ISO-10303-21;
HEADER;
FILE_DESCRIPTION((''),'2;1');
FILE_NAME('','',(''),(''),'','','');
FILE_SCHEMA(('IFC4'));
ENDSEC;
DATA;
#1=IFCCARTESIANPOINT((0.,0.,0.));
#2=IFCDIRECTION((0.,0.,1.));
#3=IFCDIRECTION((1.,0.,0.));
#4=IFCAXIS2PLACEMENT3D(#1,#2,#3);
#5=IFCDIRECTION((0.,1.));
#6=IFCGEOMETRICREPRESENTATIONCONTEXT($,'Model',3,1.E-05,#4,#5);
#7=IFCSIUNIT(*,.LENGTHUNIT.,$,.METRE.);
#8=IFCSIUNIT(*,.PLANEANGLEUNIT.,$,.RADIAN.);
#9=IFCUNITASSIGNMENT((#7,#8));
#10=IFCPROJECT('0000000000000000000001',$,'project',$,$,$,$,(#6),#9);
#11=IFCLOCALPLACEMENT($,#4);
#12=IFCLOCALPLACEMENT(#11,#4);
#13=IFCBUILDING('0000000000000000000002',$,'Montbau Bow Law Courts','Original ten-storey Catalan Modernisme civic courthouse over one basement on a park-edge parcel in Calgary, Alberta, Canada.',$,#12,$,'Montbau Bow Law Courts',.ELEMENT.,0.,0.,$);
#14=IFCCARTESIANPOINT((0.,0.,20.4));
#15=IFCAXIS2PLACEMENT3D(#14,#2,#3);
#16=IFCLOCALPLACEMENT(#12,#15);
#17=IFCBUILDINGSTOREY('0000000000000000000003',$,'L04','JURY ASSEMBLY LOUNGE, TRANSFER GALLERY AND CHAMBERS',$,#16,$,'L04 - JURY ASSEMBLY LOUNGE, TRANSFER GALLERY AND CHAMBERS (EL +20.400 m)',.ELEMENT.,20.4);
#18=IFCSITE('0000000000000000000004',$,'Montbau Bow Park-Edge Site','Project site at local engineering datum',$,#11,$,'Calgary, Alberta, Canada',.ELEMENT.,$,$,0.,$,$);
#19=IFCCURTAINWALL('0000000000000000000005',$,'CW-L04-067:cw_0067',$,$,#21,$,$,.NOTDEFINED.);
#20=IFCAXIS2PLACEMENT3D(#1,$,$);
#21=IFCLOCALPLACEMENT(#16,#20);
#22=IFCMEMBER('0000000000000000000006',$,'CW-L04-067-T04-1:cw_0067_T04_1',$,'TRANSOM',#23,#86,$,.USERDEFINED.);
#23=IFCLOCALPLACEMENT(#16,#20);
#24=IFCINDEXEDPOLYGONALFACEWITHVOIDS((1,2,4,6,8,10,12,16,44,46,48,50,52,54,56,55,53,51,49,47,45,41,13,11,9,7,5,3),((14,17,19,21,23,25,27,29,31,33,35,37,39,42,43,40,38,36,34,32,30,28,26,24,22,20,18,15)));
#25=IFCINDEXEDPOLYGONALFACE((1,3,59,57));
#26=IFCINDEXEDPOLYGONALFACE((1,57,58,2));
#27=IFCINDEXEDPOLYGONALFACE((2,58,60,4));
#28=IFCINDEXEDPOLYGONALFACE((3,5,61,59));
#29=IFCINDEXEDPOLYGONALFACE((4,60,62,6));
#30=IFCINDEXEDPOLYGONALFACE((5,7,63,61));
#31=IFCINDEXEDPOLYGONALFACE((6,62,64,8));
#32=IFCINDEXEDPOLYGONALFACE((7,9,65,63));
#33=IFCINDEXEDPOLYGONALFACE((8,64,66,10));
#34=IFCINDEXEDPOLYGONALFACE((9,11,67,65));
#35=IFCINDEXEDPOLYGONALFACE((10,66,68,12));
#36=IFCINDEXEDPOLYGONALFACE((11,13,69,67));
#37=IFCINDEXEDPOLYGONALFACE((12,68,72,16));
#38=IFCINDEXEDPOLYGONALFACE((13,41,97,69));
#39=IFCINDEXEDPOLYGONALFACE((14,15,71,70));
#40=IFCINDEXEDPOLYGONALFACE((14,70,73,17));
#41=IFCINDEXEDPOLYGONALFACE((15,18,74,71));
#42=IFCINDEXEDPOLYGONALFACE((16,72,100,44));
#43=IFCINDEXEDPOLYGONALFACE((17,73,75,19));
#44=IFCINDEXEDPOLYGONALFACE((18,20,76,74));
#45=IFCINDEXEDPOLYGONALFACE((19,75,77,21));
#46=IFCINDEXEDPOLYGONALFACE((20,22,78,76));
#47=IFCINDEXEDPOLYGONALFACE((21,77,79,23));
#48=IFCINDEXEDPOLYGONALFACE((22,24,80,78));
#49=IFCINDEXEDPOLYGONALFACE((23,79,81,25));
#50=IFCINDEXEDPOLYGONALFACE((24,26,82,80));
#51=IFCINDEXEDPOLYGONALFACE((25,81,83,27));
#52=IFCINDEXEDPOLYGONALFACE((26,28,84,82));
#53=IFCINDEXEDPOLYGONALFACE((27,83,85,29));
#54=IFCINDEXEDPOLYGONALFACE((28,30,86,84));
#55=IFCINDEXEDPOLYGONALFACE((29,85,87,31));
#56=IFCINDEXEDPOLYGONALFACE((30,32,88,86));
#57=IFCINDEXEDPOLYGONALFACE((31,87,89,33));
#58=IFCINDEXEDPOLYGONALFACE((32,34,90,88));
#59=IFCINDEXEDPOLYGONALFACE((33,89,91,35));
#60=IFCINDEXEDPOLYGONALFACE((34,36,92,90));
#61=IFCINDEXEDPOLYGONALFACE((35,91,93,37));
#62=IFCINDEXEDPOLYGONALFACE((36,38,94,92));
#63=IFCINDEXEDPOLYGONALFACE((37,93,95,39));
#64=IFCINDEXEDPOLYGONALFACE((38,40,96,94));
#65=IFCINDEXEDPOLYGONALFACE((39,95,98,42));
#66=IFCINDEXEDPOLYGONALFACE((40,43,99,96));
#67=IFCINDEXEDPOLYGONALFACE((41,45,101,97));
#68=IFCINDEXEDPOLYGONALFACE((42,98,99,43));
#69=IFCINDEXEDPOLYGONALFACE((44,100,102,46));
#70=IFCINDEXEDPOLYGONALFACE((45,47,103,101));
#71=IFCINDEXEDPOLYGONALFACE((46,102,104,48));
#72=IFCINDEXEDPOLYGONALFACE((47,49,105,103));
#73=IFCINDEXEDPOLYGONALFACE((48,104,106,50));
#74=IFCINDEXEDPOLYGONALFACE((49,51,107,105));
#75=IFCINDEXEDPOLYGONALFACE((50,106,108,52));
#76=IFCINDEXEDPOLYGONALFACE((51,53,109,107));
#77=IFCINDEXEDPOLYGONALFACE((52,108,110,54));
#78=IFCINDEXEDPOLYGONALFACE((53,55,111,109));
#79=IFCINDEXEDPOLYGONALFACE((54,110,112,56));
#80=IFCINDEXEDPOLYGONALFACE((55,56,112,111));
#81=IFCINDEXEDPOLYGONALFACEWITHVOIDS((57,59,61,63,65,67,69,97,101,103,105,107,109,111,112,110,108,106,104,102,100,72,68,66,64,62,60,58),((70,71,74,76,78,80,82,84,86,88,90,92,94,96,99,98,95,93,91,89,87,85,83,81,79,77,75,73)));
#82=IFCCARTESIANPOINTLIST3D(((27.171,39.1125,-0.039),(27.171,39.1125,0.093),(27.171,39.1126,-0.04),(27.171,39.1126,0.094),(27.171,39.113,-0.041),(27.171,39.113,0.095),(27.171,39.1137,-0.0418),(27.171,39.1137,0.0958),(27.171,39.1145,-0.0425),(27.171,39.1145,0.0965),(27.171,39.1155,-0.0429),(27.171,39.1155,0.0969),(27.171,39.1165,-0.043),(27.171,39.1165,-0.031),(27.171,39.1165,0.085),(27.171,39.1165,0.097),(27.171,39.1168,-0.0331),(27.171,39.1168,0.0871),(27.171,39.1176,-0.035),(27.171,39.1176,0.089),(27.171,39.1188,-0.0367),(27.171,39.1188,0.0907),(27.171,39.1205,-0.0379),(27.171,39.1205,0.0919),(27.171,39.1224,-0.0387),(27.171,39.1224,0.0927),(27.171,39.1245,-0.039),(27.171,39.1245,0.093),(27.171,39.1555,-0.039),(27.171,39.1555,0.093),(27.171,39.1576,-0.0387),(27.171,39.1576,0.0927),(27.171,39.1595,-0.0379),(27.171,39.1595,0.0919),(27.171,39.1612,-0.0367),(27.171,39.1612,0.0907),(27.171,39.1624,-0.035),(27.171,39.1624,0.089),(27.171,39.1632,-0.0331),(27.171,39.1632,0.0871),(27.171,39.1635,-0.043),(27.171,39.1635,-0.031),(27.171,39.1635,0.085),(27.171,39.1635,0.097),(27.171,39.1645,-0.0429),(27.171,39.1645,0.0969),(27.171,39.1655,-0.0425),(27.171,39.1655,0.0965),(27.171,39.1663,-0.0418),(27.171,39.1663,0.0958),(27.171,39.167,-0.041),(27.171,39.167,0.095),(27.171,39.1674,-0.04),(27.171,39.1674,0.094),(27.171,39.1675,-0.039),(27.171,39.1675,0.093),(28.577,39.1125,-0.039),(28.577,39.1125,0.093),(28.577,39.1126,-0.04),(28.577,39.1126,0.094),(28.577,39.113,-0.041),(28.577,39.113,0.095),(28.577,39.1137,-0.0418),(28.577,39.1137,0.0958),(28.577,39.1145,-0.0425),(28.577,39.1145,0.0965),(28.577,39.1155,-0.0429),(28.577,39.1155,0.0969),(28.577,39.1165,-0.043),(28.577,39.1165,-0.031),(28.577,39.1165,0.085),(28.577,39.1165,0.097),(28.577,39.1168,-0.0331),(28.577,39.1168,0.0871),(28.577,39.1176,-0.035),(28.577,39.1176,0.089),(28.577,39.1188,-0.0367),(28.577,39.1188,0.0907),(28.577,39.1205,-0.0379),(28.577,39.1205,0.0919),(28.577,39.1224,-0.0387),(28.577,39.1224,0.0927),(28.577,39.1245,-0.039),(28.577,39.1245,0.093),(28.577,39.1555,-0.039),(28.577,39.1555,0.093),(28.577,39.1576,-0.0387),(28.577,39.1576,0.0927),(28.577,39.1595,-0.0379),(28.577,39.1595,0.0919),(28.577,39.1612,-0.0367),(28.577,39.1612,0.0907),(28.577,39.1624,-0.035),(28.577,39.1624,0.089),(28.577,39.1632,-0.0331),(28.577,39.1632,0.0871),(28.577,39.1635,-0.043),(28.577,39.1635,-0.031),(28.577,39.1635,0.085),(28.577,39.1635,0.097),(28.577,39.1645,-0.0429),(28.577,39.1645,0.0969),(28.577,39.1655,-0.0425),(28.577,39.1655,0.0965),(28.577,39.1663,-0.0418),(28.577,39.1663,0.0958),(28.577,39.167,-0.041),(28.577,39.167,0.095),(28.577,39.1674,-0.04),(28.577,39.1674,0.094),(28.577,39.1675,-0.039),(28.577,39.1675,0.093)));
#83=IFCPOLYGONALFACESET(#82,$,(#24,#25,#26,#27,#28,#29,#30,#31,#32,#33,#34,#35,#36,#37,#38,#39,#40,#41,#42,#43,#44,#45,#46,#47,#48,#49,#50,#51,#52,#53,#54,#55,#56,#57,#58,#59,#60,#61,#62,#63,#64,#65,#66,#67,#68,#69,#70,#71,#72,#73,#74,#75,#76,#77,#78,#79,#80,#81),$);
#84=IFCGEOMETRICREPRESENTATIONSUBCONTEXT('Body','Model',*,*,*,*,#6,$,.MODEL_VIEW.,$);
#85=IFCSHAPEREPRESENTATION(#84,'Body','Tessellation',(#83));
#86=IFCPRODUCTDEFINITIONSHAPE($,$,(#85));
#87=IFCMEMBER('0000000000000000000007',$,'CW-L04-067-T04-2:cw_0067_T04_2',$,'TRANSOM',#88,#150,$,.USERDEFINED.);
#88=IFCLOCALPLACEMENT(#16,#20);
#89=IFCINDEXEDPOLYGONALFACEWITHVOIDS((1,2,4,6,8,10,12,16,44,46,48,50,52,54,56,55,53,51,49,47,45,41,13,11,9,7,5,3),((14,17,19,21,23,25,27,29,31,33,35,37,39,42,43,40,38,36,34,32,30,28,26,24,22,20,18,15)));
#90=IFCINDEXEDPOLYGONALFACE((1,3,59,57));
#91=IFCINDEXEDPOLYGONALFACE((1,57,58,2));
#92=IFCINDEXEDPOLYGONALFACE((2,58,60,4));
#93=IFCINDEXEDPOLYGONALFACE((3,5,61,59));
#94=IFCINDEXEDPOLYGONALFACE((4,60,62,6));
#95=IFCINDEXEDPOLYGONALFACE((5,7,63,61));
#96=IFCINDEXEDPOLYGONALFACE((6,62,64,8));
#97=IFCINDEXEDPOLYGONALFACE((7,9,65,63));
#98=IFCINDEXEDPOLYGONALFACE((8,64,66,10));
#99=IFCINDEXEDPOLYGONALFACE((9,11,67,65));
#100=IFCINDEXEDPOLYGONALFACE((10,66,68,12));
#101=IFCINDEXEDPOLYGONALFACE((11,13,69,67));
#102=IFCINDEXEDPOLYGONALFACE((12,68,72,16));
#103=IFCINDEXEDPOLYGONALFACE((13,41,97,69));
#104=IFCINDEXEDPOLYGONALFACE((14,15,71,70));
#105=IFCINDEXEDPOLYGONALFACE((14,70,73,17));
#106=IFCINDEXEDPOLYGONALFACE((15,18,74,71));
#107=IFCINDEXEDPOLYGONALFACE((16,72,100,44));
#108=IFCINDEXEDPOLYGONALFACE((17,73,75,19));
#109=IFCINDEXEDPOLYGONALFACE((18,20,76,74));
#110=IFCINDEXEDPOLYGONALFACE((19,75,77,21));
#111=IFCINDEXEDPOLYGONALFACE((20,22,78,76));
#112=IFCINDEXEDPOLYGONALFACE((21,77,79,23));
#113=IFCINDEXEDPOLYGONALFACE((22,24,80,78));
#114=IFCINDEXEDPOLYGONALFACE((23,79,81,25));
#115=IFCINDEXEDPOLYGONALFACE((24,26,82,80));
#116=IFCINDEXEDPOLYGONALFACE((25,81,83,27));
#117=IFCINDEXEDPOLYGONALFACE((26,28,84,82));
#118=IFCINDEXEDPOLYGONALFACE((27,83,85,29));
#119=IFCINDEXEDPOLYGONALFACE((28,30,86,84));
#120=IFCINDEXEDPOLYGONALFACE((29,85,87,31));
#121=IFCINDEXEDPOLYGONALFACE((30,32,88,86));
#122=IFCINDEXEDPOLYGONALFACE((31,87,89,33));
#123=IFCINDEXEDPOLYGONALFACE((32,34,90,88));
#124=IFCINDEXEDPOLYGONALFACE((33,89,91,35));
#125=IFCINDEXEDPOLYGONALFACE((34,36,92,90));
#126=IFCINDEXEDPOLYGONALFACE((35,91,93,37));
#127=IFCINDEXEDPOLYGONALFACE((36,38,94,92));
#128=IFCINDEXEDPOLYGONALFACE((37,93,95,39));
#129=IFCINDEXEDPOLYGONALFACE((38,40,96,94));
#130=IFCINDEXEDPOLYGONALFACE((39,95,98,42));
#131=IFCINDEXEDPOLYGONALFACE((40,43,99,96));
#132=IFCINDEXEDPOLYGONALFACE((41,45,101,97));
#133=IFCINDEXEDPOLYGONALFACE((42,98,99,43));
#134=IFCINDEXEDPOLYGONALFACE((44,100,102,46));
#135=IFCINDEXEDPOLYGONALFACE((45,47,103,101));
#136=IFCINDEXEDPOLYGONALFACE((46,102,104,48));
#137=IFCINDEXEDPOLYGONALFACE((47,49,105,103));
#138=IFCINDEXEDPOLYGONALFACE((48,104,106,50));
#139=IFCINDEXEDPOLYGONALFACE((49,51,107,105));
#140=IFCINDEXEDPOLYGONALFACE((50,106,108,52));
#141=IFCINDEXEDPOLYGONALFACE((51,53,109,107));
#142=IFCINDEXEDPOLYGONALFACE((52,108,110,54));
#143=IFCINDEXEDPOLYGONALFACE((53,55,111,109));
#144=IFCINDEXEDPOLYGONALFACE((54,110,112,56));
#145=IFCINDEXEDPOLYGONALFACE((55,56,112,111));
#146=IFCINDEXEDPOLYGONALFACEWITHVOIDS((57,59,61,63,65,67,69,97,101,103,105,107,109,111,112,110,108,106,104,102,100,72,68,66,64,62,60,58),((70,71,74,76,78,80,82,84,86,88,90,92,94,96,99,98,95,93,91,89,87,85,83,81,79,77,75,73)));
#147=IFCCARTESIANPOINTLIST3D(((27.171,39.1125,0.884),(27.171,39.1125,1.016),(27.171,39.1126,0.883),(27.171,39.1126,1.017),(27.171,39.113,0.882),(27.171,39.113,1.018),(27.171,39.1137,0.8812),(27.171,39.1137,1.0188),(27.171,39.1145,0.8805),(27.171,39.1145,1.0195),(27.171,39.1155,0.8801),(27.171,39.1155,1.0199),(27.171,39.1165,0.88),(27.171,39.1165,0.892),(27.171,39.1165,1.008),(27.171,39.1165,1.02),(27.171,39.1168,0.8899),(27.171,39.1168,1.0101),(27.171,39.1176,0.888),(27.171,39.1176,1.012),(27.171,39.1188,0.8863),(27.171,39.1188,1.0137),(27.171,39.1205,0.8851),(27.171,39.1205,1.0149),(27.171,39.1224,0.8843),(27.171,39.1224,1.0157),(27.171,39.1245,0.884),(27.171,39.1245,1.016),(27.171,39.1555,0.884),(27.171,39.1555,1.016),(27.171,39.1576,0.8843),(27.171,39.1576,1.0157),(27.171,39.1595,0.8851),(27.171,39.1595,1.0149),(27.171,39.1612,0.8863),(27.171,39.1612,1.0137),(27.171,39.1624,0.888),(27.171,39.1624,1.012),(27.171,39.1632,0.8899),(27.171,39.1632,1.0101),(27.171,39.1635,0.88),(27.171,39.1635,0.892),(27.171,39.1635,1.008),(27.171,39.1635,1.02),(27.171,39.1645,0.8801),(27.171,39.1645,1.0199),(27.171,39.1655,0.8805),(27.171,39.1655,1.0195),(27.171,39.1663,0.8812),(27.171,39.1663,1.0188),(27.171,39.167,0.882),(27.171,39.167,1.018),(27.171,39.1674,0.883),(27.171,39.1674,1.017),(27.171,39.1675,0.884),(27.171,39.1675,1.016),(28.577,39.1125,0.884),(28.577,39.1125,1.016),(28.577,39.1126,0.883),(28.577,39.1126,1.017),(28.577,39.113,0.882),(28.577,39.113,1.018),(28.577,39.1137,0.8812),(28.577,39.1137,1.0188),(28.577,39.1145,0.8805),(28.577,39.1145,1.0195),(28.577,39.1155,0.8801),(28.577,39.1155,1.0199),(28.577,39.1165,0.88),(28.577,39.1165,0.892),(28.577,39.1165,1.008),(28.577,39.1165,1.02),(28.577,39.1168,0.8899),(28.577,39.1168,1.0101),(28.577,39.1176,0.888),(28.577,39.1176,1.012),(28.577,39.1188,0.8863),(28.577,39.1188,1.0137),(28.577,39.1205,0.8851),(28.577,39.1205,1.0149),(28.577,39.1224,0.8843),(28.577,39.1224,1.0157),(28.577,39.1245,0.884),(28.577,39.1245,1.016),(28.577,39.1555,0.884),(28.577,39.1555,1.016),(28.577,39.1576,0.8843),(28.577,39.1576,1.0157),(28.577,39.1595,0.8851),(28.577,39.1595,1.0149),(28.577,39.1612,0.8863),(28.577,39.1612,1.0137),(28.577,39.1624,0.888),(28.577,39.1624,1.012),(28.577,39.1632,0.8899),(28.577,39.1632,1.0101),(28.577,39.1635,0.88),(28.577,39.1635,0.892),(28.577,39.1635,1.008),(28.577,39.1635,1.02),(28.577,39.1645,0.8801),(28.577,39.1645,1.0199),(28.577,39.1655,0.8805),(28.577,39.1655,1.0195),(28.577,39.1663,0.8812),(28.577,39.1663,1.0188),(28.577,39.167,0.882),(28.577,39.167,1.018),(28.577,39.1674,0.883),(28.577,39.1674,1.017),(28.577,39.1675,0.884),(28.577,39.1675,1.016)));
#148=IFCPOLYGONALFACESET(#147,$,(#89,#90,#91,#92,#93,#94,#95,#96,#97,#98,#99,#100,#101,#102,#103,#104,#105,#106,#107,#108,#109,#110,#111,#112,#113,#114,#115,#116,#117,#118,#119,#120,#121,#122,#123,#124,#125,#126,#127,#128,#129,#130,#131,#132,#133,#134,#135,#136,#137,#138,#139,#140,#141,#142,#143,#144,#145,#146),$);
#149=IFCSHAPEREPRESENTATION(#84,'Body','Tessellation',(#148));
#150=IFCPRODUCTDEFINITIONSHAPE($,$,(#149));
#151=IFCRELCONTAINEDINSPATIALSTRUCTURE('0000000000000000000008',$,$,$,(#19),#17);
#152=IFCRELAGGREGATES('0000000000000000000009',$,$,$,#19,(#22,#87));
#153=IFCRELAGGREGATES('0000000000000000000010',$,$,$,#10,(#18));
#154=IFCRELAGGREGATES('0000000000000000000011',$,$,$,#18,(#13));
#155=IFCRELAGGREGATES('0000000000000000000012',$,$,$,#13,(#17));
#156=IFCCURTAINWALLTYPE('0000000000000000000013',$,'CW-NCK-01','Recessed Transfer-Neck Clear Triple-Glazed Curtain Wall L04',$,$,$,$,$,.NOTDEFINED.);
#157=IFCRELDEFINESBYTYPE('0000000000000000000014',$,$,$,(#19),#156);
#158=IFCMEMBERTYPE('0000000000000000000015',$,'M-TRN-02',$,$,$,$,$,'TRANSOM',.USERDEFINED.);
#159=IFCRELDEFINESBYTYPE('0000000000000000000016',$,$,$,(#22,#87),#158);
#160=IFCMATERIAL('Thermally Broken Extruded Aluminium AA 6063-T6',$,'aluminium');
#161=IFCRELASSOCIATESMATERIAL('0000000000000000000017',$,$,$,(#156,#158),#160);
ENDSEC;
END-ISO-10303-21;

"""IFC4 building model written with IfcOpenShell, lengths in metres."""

from ifc_helpers import new_model, si_unit, direction, frame, origin_with_axes, origin_2d_with_axis, place, context, subcontext, project, spatial, hollow_rectangle, extrude, material, material_profile, profile_set, type_object, element, aggregate, save


model = new_model("IFC4")

# Units and contexts
model_context = context("Model", 3, precision=1e-05, world=origin_with_axes(), true_north=direction((0.0, 1.0)))
body_context = subcontext(model_context, "Body", "Model", "MODEL_VIEW")
ifc_project = project(units=[si_unit("LENGTHUNIT", "METRE"), si_unit("PLANEANGLEUNIT", "RADIAN")], contexts=[model_context])

# Site, building, storey
site_placement = place(None, origin_with_axes())
site = spatial("IfcSite", under=ifc_project, at=site_placement, Name="Montbau Bow Park-Edge Site", Description="Project site at local engineering datum", LongName="Calgary, Alberta, Canada", CompositionType="ELEMENT", RefElevation=0.0)
building_placement = place(site_placement, origin_with_axes())
building = spatial("IfcBuilding", under=site, at=building_placement, Name="Montbau Bow Law Courts", Description="Original ten-storey Catalan Modernisme civic courthouse over one basement on a park-edge parcel in Calgary, Alberta, Canada.", LongName="Montbau Bow Law Courts", CompositionType="ELEMENT", ElevationOfRefHeight=0.0, ElevationOfTerrain=0.0)
storey_placement = place(building_placement, frame((0.0, 0.0, 20.4), z_axis=(0.0, 0.0, 1.0), x_axis=(1.0, 0.0, 0.0)))
storey = spatial("IfcBuildingStorey", under=building, at=storey_placement, Name="L04", Description="JURY ASSEMBLY LOUNGE, TRANSFER GALLERY AND CHAMBERS", LongName="L04 - JURY ASSEMBLY LOUNGE, TRANSFER GALLERY AND CHAMBERS (EL +20.400 m)", CompositionType="ELEMENT", Elevation=20.4)

# Curtain wall, members
ifc_material_1 = material(Name="Thermally Broken Extruded Aluminium AA 6063-T6", Category="aluminium")
curtain_wall_type = type_object("IfcCurtainWallType", Name="CW-NCK-01", Description="Recessed Transfer-Neck Clear Triple-Glazed Curtain Wall L04", PredefinedType="NOTDEFINED", material=ifc_material_1)
curtain_wall_placement = place(None, frame((22.715, 39.14, 20.4), z_axis=(0.0, 0.0, 1.0), x_axis=(1.0, 0.0, 0.0)))
curtain_wall = element("IfcCurtainWall", 1, at=curtain_wall_placement, inside=storey, type_object=curtain_wall_type, Name="CW-L04-067:cw_0067", PredefinedType="NOTDEFINED")
ifc_material_profile_1 = material_profile(ifc_material_1, hollow_rectangle(XDim=0.055, YDim=0.14, WallThickness=0.004, InnerFilletRadius=0.008, OuterFilletRadius=0.004, at=origin_2d_with_axis()), Name="CWT-140X55", Category="Main", Priority=0)
ifc_profile_set_1 = profile_set([ifc_material_profile_1], Name="Thermally Broken Extruded Aluminium AA 6063-T6")
member_type_1 = type_object("IfcMemberType", Name="M-TRN-02", ElementType="TRANSOM", PredefinedType="USERDEFINED", material=ifc_profile_set_1)
member_1_placement = place(None, frame((27.171, 39.14, 20.427), z_axis=(1.0, 0.0, 0.0), x_axis=(0.0, 1.0, 0.0)))
member_1 = element("IfcMember", 2, at=member_1_placement, type_object=member_type_1, Name="CW-L04-067-T04-1:cw_0067_T04_1", ObjectType="TRANSOM", PredefinedType="USERDEFINED", context=body_context, shape_type="SweptSolid", body=[
    extrude(hollow_rectangle(XDim=0.055, YDim=0.14, WallThickness=0.004, InnerFilletRadius=0.008, OuterFilletRadius=0.004, at=origin_2d_with_axis()), origin_with_axes(), (0.0, 0.0, 1.0), 1.406),
])
member_2_placement = place(None, frame((27.171, 39.14, 21.35), z_axis=(1.0, 0.0, 0.0), x_axis=(0.0, 1.0, 0.0)))
member_2 = element("IfcMember", 3, at=member_2_placement, type_object=member_type_1, Name="CW-L04-067-T04-2:cw_0067_T04_2", ObjectType="TRANSOM", PredefinedType="USERDEFINED", context=body_context, shape_type="SweptSolid", body=[
    extrude(hollow_rectangle(XDim=0.055, YDim=0.14, WallThickness=0.004, InnerFilletRadius=0.008, OuterFilletRadius=0.004, at=origin_2d_with_axis()), origin_with_axes(), (0.0, 0.0, 1.0), 1.406),
])
aggregate(curtain_wall, [member_1, member_2])

save(model, "model.ifc")
